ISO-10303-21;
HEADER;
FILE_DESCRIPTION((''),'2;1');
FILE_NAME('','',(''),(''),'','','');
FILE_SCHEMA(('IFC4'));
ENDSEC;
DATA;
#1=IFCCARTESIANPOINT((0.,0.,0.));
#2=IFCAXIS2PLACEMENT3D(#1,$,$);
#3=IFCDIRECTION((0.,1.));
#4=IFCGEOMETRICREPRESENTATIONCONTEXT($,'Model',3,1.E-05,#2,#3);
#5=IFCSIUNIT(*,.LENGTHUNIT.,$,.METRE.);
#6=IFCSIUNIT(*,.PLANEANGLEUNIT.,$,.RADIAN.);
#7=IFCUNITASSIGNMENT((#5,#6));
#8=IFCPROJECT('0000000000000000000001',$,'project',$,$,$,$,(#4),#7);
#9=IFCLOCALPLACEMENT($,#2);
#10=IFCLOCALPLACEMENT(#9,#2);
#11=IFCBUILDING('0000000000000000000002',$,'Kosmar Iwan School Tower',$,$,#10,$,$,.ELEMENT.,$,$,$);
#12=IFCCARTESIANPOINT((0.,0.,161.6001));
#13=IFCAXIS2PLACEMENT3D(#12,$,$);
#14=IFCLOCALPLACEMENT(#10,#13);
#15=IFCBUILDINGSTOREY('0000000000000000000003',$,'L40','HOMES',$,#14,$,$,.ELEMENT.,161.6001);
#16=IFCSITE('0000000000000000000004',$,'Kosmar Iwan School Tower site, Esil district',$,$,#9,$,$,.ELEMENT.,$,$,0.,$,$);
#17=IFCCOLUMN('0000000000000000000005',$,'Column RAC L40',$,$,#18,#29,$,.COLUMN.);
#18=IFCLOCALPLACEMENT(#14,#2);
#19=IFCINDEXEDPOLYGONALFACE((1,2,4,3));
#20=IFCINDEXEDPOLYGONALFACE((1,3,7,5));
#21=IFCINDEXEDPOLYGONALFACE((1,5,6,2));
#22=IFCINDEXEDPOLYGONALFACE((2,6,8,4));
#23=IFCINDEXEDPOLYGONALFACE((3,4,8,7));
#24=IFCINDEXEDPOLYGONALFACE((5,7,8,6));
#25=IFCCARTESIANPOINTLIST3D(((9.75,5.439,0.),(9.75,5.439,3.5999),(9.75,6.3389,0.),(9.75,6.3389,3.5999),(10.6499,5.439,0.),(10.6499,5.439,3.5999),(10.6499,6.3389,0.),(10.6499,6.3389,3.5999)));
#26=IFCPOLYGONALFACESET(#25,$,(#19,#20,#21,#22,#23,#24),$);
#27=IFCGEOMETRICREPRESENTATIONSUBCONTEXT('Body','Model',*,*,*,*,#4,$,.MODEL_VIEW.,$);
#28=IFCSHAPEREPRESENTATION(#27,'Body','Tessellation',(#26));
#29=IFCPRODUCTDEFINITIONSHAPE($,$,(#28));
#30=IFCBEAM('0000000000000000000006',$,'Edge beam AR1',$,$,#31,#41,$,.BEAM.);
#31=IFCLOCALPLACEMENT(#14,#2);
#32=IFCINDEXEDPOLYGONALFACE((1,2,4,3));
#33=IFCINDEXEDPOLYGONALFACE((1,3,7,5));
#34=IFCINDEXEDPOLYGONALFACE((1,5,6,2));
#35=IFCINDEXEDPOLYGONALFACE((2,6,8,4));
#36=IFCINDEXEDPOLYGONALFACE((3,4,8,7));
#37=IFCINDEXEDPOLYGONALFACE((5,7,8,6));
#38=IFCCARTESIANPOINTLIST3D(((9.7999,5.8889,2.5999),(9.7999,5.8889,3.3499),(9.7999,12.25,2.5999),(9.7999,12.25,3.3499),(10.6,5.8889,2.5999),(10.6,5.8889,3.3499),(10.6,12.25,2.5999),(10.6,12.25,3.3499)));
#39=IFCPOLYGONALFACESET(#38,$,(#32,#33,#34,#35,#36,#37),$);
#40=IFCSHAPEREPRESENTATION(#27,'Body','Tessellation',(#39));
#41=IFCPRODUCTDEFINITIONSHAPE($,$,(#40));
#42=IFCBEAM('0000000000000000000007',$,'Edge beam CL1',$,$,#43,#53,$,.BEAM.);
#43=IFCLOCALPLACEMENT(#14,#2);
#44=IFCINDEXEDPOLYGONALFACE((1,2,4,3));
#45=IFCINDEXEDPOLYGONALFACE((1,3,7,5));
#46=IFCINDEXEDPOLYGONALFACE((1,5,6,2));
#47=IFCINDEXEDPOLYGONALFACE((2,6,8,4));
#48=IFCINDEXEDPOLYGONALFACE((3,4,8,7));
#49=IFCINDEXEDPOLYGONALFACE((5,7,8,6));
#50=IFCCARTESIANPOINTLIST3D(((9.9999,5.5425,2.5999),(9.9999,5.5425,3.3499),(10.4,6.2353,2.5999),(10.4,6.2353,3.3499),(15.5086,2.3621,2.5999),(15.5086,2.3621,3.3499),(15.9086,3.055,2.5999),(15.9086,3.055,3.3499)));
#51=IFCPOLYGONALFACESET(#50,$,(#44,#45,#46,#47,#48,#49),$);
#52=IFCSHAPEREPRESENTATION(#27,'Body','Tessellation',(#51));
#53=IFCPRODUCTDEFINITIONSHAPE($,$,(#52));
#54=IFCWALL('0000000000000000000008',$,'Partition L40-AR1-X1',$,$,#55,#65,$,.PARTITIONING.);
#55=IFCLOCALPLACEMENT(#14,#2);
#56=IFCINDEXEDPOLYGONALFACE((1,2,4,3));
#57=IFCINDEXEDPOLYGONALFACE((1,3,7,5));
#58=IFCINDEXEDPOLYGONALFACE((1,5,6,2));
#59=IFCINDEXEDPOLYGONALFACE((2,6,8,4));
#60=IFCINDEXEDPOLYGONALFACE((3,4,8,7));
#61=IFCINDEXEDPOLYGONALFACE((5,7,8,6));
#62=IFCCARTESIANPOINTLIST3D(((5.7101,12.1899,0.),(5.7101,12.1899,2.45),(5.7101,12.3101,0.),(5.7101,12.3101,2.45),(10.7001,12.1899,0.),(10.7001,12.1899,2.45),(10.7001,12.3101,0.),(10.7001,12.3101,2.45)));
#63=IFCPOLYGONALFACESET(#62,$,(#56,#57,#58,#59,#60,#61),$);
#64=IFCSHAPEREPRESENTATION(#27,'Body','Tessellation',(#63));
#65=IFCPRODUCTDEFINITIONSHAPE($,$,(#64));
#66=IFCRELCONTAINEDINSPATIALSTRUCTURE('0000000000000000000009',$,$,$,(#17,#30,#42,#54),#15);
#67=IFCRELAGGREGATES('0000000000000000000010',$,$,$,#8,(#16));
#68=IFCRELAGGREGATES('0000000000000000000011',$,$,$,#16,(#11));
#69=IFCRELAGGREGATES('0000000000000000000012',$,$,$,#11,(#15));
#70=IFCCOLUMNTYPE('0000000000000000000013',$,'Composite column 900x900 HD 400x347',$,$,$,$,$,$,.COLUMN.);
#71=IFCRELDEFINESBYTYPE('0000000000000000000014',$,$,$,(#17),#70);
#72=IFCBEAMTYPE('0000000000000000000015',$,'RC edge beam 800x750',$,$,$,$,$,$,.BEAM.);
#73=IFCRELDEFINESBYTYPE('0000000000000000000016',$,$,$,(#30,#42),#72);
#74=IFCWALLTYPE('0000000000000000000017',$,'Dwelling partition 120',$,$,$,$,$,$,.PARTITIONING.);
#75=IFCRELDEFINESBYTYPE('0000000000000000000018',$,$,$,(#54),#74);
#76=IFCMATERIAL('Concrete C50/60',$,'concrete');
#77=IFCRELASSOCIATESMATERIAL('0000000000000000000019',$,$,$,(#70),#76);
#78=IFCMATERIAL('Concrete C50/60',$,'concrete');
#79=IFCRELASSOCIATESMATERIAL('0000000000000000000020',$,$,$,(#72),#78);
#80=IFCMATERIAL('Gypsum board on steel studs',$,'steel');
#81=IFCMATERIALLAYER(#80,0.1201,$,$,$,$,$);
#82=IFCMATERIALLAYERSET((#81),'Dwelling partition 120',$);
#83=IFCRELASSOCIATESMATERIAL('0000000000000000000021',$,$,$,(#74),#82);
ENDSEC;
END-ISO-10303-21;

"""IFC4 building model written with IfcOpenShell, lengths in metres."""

from ifc_helpers import new_model, si_unit, direction, frame, frame_2d, origin, origin_2d, place, context, subcontext, project, spatial, rectangle, extrude, material, layer, layer_set, material_profile, profile_set, type_object, element, save


model = new_model("IFC4")

# Units and contexts
model_context = context("Model", 3, precision=1e-05, world=origin(), true_north=direction((0.0, 1.0)))
body_context = subcontext(model_context, "Body", "Model", "MODEL_VIEW")
ifc_project = project(units=[si_unit("LENGTHUNIT", "METRE"), si_unit("PLANEANGLEUNIT", "RADIAN")], contexts=[model_context])

# Site, building, storey
site_placement = place(None, origin())
site = spatial("IfcSite", under=ifc_project, at=site_placement, Name="Kosmar Iwan School Tower site, Esil district", CompositionType="ELEMENT", RefElevation=0.0)
building_placement = place(site_placement, origin())
building = spatial("IfcBuilding", under=site, at=building_placement, Name="Kosmar Iwan School Tower", CompositionType="ELEMENT")
storey_placement = place(building_placement, frame((0.0, 0.0, 161.6001)))
storey = spatial("IfcBuildingStorey", under=building, at=storey_placement, Name="L40", Description="HOMES", CompositionType="ELEMENT", Elevation=161.6001)

# Column
ifc_material_1 = material(Name="Concrete C50/60", Category="concrete")
ifc_material_profile_1 = material_profile(ifc_material_1, rectangle(XDim=0.8999, YDim=0.8999, at=origin_2d()), Name="RC 900x900 + HD 400x347")
ifc_profile_set_1 = profile_set([ifc_material_profile_1], Name="Concrete C50/60")
column_type = type_object("IfcColumnType", Name="Composite column 900x900 HD 400x347", PredefinedType="COLUMN", material=ifc_profile_set_1)
column_placement = place(storey_placement, frame((10.2, 5.8889, 0.0), z_axis=(0.0, 0.0, 1.0), x_axis=(1.0, 0.0, 0.0)))
element("IfcColumn", 1, at=column_placement, inside=storey, type_object=column_type, Name="Column RAC L40", PredefinedType="COLUMN", context=body_context, shape_type="SweptSolid", body=[
    extrude(rectangle(XDim=0.8999, YDim=0.8999, at=origin_2d()), origin(), (0.0, 0.0, 1.0), 3.5999),
])

# Beams
ifc_material_2 = material(Name="Concrete C50/60", Category="concrete")
ifc_material_profile_2 = material_profile(ifc_material_2, rectangle(XDim=0.8, YDim=0.75, at=origin_2d()), Name="RC 800x750")
ifc_profile_set_2 = profile_set([ifc_material_profile_2], Name="Concrete C50/60")
beam_type = type_object("IfcBeamType", Name="RC edge beam 800x750", PredefinedType="BEAM", material=ifc_profile_set_2)
beam_1_placement = place(storey_placement, frame((10.2, 5.8889, 2.9749), z_axis=(0.0, 1.0, 0.0), x_axis=(-1.0, 0.0, 0.0)))
element("IfcBeam", 2, at=beam_1_placement, inside=storey, type_object=beam_type, Name="Edge beam AR1", PredefinedType="BEAM", context=body_context, shape_type="SweptSolid", body=[
    extrude(rectangle(XDim=0.8, YDim=0.75, at=origin_2d()), origin(), (0.0, 0.0, 1.0), 6.3611),
])
beam_2_placement = place(storey_placement, frame((10.2, 5.8889, 2.9749), z_axis=(0.866031, -0.49999, 0.0), x_axis=(0.49999, 0.866031, 0.0)))
element("IfcBeam", 3, at=beam_2_placement, inside=storey, type_object=beam_type, Name="Edge beam CL1", PredefinedType="BEAM", context=body_context, shape_type="SweptSolid", body=[
    extrude(rectangle(XDim=0.8, YDim=0.75, at=origin_2d()), origin(), (0.0, 0.0, 1.0), 6.3608),
])

# Wall
ifc_material_3 = material(Name="Gypsum board on steel studs", Category="steel")
ifc_layer_1 = layer(ifc_material_3, 0.1201)
ifc_layer_set_1 = layer_set([ifc_layer_1], Name="Dwelling partition 120")
wall_type_1 = type_object("IfcWallType", Name="Dwelling partition 120", PredefinedType="PARTITIONING", material=ifc_layer_set_1)
wall_1_placement = place(storey_placement, frame((5.71, 12.25, 0.0), z_axis=(0.0, 0.0, 1.0), x_axis=(1.0, 0.0, 0.0)))
element("IfcWall", 4, at=wall_1_placement, inside=storey, type_object=wall_type_1, Name="Partition L40-AR1-X1", PredefinedType="PARTITIONING", context=body_context, shape_type="SweptSolid", body=[
    extrude(rectangle(XDim=4.99, YDim=0.1201, at=frame_2d((2.4951, 0.0))), origin(), (0.0, 0.0, 1.0), 2.45),
])

save(model, "model.ifc")
